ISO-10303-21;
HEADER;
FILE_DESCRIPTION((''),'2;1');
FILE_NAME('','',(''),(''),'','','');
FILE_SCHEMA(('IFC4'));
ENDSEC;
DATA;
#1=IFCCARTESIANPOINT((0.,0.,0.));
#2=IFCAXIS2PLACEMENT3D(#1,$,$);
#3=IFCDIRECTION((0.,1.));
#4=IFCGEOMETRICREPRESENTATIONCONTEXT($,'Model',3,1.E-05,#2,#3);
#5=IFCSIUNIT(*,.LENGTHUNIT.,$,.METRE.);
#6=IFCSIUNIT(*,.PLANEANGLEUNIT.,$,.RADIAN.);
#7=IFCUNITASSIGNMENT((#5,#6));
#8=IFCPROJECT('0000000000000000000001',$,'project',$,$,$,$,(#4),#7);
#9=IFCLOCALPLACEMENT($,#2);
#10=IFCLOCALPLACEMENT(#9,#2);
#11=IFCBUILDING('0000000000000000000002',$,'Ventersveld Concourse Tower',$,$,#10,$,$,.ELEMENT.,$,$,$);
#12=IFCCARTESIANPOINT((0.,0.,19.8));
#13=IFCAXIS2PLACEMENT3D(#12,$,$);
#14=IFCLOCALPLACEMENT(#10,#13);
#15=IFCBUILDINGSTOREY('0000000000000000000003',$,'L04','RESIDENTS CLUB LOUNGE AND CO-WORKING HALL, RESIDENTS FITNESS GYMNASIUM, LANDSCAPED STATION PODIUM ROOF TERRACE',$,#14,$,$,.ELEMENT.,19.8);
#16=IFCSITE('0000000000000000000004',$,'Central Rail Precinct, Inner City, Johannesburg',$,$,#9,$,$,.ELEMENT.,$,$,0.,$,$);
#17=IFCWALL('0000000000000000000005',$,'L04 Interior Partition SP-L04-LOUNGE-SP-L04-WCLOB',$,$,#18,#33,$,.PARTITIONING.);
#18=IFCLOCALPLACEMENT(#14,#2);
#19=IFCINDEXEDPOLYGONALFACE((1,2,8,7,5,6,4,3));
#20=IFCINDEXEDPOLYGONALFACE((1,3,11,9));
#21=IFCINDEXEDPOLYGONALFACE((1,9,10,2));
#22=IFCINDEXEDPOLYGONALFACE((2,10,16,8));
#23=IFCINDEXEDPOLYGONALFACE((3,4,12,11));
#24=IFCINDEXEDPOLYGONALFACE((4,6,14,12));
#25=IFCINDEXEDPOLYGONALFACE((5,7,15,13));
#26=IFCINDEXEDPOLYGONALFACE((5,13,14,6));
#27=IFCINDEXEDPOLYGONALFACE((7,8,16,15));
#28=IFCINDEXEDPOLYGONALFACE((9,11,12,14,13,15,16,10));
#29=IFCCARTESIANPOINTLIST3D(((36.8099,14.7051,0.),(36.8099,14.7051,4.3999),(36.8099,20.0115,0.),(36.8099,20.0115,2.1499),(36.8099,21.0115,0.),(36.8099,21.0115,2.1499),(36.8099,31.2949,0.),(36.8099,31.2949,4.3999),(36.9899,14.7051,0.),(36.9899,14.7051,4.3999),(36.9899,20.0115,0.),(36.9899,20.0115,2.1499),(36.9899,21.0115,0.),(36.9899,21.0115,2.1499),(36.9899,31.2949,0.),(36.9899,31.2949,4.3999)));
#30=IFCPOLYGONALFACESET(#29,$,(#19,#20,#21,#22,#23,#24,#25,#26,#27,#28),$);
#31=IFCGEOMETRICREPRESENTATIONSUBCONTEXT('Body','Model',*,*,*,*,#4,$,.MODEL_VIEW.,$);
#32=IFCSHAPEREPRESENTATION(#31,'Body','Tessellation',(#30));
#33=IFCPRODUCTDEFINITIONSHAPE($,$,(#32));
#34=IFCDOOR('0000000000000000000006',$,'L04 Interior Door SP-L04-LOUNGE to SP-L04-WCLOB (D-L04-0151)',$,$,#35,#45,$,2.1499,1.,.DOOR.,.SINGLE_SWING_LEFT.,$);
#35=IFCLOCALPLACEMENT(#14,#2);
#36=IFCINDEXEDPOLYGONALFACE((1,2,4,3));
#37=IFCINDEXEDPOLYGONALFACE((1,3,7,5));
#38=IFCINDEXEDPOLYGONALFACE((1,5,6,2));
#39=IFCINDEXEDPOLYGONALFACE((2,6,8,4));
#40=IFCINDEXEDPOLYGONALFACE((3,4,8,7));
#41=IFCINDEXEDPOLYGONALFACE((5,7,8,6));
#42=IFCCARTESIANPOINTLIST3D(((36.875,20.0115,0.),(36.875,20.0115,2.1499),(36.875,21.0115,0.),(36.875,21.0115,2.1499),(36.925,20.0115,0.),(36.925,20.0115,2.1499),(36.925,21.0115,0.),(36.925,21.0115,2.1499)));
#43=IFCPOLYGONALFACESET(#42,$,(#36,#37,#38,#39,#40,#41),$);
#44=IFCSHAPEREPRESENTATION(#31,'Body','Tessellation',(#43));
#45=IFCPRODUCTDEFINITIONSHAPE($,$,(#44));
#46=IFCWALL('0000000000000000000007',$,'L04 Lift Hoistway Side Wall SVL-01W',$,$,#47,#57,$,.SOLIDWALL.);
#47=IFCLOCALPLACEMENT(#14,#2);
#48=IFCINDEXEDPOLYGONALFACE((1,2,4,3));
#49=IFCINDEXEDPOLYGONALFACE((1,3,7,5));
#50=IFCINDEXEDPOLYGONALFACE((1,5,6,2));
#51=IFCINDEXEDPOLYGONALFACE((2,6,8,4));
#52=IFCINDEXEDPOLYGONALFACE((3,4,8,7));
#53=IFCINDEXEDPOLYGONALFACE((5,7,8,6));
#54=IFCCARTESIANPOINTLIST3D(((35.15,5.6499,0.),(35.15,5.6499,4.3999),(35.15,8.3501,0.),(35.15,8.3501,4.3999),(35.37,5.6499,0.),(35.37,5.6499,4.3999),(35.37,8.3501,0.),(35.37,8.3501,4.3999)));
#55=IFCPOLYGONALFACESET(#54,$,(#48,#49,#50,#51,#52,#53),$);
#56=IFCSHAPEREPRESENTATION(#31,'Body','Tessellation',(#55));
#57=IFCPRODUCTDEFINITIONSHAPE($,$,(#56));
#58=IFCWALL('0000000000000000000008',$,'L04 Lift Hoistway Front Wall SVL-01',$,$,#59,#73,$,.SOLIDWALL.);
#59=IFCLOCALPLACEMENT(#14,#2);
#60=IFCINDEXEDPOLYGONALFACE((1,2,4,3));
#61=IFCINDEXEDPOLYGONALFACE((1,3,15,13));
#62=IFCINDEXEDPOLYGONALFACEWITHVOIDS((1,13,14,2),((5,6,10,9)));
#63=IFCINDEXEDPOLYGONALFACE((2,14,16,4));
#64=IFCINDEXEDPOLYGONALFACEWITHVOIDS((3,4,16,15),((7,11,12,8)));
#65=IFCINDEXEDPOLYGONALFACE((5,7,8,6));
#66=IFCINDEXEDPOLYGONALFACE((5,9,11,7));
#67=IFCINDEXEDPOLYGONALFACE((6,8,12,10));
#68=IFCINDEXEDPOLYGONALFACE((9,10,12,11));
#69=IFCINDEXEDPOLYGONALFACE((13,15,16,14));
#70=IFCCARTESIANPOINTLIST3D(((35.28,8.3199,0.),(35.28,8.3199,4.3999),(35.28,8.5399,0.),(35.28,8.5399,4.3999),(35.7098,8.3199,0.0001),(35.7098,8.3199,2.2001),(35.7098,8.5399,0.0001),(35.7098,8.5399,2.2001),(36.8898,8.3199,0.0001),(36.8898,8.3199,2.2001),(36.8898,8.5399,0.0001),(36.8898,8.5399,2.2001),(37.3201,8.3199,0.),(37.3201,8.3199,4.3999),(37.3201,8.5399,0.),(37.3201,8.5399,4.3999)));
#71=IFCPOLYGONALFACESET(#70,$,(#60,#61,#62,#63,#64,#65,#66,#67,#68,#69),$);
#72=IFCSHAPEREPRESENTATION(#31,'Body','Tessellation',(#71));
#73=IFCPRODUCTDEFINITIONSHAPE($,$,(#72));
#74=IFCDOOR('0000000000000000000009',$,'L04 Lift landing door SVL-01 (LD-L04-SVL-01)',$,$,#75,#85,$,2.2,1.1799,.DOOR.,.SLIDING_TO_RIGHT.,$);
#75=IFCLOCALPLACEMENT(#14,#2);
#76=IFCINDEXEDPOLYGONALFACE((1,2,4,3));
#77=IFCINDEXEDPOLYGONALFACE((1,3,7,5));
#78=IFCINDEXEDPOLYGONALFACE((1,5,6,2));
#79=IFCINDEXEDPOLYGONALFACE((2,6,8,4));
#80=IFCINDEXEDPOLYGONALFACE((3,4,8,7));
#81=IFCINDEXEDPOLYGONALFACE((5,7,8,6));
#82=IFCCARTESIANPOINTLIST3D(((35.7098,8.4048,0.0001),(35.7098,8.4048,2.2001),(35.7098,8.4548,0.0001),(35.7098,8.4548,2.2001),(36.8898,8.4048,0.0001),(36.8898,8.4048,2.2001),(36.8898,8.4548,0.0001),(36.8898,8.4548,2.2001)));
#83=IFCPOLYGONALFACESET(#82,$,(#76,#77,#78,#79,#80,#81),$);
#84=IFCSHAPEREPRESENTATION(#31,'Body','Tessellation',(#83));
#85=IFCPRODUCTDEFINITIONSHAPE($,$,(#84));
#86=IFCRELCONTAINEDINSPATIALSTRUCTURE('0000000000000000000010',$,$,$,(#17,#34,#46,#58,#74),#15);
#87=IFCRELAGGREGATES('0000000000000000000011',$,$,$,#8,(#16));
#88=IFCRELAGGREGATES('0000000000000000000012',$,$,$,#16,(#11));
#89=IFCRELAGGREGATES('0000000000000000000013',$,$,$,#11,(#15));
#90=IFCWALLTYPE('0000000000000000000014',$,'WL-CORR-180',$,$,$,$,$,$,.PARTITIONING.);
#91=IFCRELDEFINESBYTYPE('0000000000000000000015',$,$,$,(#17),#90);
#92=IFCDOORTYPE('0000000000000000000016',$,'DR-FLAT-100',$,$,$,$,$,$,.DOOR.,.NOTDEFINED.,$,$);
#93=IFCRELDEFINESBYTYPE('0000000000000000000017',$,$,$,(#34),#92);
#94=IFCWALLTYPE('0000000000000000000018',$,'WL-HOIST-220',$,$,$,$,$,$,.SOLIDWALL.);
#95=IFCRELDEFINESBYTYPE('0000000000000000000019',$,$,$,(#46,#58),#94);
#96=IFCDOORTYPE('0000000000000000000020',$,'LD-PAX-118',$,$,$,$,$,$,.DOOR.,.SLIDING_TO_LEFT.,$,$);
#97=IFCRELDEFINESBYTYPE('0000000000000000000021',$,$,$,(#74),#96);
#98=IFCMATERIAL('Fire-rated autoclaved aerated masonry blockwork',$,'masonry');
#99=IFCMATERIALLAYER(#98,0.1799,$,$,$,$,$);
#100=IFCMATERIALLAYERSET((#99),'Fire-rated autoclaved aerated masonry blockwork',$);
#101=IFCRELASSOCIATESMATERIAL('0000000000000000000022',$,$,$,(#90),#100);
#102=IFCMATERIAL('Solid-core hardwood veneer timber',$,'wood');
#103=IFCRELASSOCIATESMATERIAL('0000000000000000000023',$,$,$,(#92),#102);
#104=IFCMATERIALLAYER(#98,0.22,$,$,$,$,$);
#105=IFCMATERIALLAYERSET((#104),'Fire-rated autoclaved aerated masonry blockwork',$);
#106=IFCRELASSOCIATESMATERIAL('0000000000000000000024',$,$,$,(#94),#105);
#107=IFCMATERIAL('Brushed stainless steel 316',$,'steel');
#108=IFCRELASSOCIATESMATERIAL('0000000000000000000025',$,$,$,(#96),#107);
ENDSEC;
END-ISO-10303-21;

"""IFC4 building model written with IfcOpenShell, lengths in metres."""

from ifc_helpers import new_model, si_unit, direction, frame, frame_2d, origin, place, context, subcontext, project, spatial, rectangle, extrude, material, layer, layer_set, type_object, element, fill, save


model = new_model("IFC4")

# Units and contexts
model_context = context("Model", 3, precision=1e-05, world=origin(), true_north=direction((0.0, 1.0)))
body_context = subcontext(model_context, "Body", "Model", "MODEL_VIEW")
ifc_project = project(units=[si_unit("LENGTHUNIT", "METRE"), si_unit("PLANEANGLEUNIT", "RADIAN")], contexts=[model_context])

# Site, building, storey
site_placement = place(None, origin())
site = spatial("IfcSite", under=ifc_project, at=site_placement, Name="Central Rail Precinct, Inner City, Johannesburg", CompositionType="ELEMENT", RefElevation=0.0)
building_placement = place(site_placement, origin())
building = spatial("IfcBuilding", under=site, at=building_placement, Name="Ventersveld Concourse Tower", CompositionType="ELEMENT")
storey_placement = place(building_placement, frame((0.0, 0.0, 19.8)))
storey = spatial("IfcBuildingStorey", under=building, at=storey_placement, Name="L04", Description="RESIDENTS CLUB LOUNGE AND CO-WORKING HALL, RESIDENTS FITNESS GYMNASIUM, LANDSCAPED STATION PODIUM ROOF TERRACE", CompositionType="ELEMENT", Elevation=19.8)

# Shared definitions
ifc_material_1 = material(Name="Fire-rated autoclaved aerated masonry blockwork", Category="masonry")
ifc_layer_1 = layer(ifc_material_1, 0.1799)
ifc_layer_set_1 = layer_set([ifc_layer_1], Name="Fire-rated autoclaved aerated masonry blockwork")
wall_type_1 = type_object("IfcWallType", Name="WL-CORR-180", PredefinedType="PARTITIONING", material=ifc_layer_set_1)

# Wall, opening, door
wall_1_placement = place(storey_placement, frame((36.8999, 14.7051, 0.0), z_axis=(0.0, 0.0, 1.0), x_axis=(0.0, 1.0, 0.0)))
wall_1 = element("IfcWall", 1, at=wall_1_placement, inside=storey, type_object=wall_type_1, Name="L04 Interior Partition SP-L04-LOUNGE-SP-L04-WCLOB", PredefinedType="PARTITIONING", context=body_context, shape_type="SweptSolid", body=[
    extrude(rectangle(XDim=16.5898, YDim=0.1799, at=frame_2d((8.2949, 0.0))), origin(), (0.0, 0.0, 1.0), 4.3999),
])
opening_1_placement = place(wall_1_placement, frame((5.3064, 0.0, 0.0)))
opening_1 = element("IfcOpeningElement", 2, at=opening_1_placement, cuts=wall_1, PredefinedType="OPENING", context=body_context, shape_type="SweptSolid", body=[
    extrude(rectangle(XDim=1.0, YDim=2.1499, at=frame_2d((0.5, 1.075))), frame((0.0, 0.1001, 0.0), z_axis=(0.0, -1.0, 0.0), x_axis=(1.0, 0.0, 0.0)), (0.0, 0.0, 1.0), 0.2),
])
ifc_material_2 = material(Name="Solid-core hardwood veneer timber", Category="wood")
door_type_1 = type_object("IfcDoorType", Name="DR-FLAT-100", OperationType="NOTDEFINED", PredefinedType="DOOR", material=ifc_material_2)
door_1_placement = place(opening_1_placement, origin())
door_1 = element("IfcDoor", 3, at=door_1_placement, inside=storey, type_object=door_type_1, Name="L04 Interior Door SP-L04-LOUNGE to SP-L04-WCLOB (D-L04-0151)", OperationType="SINGLE_SWING_LEFT", OverallHeight=2.1499, OverallWidth=1.0, PredefinedType="DOOR", context=body_context, shape_type="SweptSolid", body=[
    extrude(rectangle(XDim=1.0, YDim=2.1499, at=frame_2d((0.5, 1.075))), frame((0.0, 0.0249, 0.0), z_axis=(0.0, -1.0, 0.0), x_axis=(1.0, 0.0, 0.0)), (0.0, 0.0, 1.0), 0.05),
])
fill(opening_1, door_1)

# Wall
ifc_layer_2 = layer(ifc_material_1, 0.22)
ifc_layer_set_2 = layer_set([ifc_layer_2], Name="Fire-rated autoclaved aerated masonry blockwork")
wall_type_2 = type_object("IfcWallType", Name="WL-HOIST-220", PredefinedType="SOLIDWALL", material=ifc_layer_set_2)
wall_2_placement = place(storey_placement, frame((35.26, 5.6499, 0.0), z_axis=(0.0, 0.0, 1.0), x_axis=(0.0, 1.0, 0.0)))
element("IfcWall", 4, at=wall_2_placement, inside=storey, type_object=wall_type_2, Name="L04 Lift Hoistway Side Wall SVL-01W", PredefinedType="SOLIDWALL", context=body_context, shape_type="SweptSolid", body=[
    extrude(rectangle(XDim=2.7002, YDim=0.22, at=frame_2d((1.3501, 0.0))), origin(), (0.0, 0.0, 1.0), 4.3999),
])

# Wall, opening, door
wall_3_placement = place(storey_placement, frame((35.28, 8.4299, 0.0), z_axis=(0.0, 0.0, 1.0), x_axis=(1.0, 0.0, 0.0)))
wall_3 = element("IfcWall", 5, at=wall_3_placement, inside=storey, type_object=wall_type_2, Name="L04 Lift Hoistway Front Wall SVL-01", PredefinedType="SOLIDWALL", context=body_context, shape_type="SweptSolid", body=[
    extrude(rectangle(XDim=2.04, YDim=0.22, at=frame_2d((1.02, 0.0))), origin(), (0.0, 0.0, 1.0), 4.3999),
])
opening_2_placement = place(wall_3_placement, frame((0.4299, 0.0, 0.0)))
opening_2 = element("IfcOpeningElement", 6, at=opening_2_placement, cuts=wall_3, PredefinedType="OPENING", context=body_context, shape_type="SweptSolid", body=[
    extrude(rectangle(XDim=1.1799, YDim=2.2, at=frame_2d((0.5898, 1.1001))), frame((0.0, 0.1201, 0.0), z_axis=(0.0, -1.0, 0.0), x_axis=(1.0, 0.0, 0.0)), (0.0, 0.0, 1.0), 0.24),
])
ifc_material_3 = material(Name="Brushed stainless steel 316", Category="steel")
door_type_2 = type_object("IfcDoorType", Name="LD-PAX-118", OperationType="SLIDING_TO_LEFT", PredefinedType="DOOR", material=ifc_material_3)
door_2_placement = place(opening_2_placement, origin())
door_2 = element("IfcDoor", 7, at=door_2_placement, inside=storey, type_object=door_type_2, Name="L04 Lift landing door SVL-01 (LD-L04-SVL-01)", OperationType="SLIDING_TO_RIGHT", OverallHeight=2.2, OverallWidth=1.1799, PredefinedType="DOOR", context=body_context, shape_type="SweptSolid", body=[
    extrude(rectangle(XDim=1.1799, YDim=2.2, at=frame_2d((0.5898, 1.1001))), frame((0.0, 0.0249, 0.0), z_axis=(0.0, -1.0, 0.0), x_axis=(1.0, 0.0, 0.0)), (0.0, 0.0, 1.0), 0.05),
])
fill(opening_2, door_2)

save(model, "model.ifc")
